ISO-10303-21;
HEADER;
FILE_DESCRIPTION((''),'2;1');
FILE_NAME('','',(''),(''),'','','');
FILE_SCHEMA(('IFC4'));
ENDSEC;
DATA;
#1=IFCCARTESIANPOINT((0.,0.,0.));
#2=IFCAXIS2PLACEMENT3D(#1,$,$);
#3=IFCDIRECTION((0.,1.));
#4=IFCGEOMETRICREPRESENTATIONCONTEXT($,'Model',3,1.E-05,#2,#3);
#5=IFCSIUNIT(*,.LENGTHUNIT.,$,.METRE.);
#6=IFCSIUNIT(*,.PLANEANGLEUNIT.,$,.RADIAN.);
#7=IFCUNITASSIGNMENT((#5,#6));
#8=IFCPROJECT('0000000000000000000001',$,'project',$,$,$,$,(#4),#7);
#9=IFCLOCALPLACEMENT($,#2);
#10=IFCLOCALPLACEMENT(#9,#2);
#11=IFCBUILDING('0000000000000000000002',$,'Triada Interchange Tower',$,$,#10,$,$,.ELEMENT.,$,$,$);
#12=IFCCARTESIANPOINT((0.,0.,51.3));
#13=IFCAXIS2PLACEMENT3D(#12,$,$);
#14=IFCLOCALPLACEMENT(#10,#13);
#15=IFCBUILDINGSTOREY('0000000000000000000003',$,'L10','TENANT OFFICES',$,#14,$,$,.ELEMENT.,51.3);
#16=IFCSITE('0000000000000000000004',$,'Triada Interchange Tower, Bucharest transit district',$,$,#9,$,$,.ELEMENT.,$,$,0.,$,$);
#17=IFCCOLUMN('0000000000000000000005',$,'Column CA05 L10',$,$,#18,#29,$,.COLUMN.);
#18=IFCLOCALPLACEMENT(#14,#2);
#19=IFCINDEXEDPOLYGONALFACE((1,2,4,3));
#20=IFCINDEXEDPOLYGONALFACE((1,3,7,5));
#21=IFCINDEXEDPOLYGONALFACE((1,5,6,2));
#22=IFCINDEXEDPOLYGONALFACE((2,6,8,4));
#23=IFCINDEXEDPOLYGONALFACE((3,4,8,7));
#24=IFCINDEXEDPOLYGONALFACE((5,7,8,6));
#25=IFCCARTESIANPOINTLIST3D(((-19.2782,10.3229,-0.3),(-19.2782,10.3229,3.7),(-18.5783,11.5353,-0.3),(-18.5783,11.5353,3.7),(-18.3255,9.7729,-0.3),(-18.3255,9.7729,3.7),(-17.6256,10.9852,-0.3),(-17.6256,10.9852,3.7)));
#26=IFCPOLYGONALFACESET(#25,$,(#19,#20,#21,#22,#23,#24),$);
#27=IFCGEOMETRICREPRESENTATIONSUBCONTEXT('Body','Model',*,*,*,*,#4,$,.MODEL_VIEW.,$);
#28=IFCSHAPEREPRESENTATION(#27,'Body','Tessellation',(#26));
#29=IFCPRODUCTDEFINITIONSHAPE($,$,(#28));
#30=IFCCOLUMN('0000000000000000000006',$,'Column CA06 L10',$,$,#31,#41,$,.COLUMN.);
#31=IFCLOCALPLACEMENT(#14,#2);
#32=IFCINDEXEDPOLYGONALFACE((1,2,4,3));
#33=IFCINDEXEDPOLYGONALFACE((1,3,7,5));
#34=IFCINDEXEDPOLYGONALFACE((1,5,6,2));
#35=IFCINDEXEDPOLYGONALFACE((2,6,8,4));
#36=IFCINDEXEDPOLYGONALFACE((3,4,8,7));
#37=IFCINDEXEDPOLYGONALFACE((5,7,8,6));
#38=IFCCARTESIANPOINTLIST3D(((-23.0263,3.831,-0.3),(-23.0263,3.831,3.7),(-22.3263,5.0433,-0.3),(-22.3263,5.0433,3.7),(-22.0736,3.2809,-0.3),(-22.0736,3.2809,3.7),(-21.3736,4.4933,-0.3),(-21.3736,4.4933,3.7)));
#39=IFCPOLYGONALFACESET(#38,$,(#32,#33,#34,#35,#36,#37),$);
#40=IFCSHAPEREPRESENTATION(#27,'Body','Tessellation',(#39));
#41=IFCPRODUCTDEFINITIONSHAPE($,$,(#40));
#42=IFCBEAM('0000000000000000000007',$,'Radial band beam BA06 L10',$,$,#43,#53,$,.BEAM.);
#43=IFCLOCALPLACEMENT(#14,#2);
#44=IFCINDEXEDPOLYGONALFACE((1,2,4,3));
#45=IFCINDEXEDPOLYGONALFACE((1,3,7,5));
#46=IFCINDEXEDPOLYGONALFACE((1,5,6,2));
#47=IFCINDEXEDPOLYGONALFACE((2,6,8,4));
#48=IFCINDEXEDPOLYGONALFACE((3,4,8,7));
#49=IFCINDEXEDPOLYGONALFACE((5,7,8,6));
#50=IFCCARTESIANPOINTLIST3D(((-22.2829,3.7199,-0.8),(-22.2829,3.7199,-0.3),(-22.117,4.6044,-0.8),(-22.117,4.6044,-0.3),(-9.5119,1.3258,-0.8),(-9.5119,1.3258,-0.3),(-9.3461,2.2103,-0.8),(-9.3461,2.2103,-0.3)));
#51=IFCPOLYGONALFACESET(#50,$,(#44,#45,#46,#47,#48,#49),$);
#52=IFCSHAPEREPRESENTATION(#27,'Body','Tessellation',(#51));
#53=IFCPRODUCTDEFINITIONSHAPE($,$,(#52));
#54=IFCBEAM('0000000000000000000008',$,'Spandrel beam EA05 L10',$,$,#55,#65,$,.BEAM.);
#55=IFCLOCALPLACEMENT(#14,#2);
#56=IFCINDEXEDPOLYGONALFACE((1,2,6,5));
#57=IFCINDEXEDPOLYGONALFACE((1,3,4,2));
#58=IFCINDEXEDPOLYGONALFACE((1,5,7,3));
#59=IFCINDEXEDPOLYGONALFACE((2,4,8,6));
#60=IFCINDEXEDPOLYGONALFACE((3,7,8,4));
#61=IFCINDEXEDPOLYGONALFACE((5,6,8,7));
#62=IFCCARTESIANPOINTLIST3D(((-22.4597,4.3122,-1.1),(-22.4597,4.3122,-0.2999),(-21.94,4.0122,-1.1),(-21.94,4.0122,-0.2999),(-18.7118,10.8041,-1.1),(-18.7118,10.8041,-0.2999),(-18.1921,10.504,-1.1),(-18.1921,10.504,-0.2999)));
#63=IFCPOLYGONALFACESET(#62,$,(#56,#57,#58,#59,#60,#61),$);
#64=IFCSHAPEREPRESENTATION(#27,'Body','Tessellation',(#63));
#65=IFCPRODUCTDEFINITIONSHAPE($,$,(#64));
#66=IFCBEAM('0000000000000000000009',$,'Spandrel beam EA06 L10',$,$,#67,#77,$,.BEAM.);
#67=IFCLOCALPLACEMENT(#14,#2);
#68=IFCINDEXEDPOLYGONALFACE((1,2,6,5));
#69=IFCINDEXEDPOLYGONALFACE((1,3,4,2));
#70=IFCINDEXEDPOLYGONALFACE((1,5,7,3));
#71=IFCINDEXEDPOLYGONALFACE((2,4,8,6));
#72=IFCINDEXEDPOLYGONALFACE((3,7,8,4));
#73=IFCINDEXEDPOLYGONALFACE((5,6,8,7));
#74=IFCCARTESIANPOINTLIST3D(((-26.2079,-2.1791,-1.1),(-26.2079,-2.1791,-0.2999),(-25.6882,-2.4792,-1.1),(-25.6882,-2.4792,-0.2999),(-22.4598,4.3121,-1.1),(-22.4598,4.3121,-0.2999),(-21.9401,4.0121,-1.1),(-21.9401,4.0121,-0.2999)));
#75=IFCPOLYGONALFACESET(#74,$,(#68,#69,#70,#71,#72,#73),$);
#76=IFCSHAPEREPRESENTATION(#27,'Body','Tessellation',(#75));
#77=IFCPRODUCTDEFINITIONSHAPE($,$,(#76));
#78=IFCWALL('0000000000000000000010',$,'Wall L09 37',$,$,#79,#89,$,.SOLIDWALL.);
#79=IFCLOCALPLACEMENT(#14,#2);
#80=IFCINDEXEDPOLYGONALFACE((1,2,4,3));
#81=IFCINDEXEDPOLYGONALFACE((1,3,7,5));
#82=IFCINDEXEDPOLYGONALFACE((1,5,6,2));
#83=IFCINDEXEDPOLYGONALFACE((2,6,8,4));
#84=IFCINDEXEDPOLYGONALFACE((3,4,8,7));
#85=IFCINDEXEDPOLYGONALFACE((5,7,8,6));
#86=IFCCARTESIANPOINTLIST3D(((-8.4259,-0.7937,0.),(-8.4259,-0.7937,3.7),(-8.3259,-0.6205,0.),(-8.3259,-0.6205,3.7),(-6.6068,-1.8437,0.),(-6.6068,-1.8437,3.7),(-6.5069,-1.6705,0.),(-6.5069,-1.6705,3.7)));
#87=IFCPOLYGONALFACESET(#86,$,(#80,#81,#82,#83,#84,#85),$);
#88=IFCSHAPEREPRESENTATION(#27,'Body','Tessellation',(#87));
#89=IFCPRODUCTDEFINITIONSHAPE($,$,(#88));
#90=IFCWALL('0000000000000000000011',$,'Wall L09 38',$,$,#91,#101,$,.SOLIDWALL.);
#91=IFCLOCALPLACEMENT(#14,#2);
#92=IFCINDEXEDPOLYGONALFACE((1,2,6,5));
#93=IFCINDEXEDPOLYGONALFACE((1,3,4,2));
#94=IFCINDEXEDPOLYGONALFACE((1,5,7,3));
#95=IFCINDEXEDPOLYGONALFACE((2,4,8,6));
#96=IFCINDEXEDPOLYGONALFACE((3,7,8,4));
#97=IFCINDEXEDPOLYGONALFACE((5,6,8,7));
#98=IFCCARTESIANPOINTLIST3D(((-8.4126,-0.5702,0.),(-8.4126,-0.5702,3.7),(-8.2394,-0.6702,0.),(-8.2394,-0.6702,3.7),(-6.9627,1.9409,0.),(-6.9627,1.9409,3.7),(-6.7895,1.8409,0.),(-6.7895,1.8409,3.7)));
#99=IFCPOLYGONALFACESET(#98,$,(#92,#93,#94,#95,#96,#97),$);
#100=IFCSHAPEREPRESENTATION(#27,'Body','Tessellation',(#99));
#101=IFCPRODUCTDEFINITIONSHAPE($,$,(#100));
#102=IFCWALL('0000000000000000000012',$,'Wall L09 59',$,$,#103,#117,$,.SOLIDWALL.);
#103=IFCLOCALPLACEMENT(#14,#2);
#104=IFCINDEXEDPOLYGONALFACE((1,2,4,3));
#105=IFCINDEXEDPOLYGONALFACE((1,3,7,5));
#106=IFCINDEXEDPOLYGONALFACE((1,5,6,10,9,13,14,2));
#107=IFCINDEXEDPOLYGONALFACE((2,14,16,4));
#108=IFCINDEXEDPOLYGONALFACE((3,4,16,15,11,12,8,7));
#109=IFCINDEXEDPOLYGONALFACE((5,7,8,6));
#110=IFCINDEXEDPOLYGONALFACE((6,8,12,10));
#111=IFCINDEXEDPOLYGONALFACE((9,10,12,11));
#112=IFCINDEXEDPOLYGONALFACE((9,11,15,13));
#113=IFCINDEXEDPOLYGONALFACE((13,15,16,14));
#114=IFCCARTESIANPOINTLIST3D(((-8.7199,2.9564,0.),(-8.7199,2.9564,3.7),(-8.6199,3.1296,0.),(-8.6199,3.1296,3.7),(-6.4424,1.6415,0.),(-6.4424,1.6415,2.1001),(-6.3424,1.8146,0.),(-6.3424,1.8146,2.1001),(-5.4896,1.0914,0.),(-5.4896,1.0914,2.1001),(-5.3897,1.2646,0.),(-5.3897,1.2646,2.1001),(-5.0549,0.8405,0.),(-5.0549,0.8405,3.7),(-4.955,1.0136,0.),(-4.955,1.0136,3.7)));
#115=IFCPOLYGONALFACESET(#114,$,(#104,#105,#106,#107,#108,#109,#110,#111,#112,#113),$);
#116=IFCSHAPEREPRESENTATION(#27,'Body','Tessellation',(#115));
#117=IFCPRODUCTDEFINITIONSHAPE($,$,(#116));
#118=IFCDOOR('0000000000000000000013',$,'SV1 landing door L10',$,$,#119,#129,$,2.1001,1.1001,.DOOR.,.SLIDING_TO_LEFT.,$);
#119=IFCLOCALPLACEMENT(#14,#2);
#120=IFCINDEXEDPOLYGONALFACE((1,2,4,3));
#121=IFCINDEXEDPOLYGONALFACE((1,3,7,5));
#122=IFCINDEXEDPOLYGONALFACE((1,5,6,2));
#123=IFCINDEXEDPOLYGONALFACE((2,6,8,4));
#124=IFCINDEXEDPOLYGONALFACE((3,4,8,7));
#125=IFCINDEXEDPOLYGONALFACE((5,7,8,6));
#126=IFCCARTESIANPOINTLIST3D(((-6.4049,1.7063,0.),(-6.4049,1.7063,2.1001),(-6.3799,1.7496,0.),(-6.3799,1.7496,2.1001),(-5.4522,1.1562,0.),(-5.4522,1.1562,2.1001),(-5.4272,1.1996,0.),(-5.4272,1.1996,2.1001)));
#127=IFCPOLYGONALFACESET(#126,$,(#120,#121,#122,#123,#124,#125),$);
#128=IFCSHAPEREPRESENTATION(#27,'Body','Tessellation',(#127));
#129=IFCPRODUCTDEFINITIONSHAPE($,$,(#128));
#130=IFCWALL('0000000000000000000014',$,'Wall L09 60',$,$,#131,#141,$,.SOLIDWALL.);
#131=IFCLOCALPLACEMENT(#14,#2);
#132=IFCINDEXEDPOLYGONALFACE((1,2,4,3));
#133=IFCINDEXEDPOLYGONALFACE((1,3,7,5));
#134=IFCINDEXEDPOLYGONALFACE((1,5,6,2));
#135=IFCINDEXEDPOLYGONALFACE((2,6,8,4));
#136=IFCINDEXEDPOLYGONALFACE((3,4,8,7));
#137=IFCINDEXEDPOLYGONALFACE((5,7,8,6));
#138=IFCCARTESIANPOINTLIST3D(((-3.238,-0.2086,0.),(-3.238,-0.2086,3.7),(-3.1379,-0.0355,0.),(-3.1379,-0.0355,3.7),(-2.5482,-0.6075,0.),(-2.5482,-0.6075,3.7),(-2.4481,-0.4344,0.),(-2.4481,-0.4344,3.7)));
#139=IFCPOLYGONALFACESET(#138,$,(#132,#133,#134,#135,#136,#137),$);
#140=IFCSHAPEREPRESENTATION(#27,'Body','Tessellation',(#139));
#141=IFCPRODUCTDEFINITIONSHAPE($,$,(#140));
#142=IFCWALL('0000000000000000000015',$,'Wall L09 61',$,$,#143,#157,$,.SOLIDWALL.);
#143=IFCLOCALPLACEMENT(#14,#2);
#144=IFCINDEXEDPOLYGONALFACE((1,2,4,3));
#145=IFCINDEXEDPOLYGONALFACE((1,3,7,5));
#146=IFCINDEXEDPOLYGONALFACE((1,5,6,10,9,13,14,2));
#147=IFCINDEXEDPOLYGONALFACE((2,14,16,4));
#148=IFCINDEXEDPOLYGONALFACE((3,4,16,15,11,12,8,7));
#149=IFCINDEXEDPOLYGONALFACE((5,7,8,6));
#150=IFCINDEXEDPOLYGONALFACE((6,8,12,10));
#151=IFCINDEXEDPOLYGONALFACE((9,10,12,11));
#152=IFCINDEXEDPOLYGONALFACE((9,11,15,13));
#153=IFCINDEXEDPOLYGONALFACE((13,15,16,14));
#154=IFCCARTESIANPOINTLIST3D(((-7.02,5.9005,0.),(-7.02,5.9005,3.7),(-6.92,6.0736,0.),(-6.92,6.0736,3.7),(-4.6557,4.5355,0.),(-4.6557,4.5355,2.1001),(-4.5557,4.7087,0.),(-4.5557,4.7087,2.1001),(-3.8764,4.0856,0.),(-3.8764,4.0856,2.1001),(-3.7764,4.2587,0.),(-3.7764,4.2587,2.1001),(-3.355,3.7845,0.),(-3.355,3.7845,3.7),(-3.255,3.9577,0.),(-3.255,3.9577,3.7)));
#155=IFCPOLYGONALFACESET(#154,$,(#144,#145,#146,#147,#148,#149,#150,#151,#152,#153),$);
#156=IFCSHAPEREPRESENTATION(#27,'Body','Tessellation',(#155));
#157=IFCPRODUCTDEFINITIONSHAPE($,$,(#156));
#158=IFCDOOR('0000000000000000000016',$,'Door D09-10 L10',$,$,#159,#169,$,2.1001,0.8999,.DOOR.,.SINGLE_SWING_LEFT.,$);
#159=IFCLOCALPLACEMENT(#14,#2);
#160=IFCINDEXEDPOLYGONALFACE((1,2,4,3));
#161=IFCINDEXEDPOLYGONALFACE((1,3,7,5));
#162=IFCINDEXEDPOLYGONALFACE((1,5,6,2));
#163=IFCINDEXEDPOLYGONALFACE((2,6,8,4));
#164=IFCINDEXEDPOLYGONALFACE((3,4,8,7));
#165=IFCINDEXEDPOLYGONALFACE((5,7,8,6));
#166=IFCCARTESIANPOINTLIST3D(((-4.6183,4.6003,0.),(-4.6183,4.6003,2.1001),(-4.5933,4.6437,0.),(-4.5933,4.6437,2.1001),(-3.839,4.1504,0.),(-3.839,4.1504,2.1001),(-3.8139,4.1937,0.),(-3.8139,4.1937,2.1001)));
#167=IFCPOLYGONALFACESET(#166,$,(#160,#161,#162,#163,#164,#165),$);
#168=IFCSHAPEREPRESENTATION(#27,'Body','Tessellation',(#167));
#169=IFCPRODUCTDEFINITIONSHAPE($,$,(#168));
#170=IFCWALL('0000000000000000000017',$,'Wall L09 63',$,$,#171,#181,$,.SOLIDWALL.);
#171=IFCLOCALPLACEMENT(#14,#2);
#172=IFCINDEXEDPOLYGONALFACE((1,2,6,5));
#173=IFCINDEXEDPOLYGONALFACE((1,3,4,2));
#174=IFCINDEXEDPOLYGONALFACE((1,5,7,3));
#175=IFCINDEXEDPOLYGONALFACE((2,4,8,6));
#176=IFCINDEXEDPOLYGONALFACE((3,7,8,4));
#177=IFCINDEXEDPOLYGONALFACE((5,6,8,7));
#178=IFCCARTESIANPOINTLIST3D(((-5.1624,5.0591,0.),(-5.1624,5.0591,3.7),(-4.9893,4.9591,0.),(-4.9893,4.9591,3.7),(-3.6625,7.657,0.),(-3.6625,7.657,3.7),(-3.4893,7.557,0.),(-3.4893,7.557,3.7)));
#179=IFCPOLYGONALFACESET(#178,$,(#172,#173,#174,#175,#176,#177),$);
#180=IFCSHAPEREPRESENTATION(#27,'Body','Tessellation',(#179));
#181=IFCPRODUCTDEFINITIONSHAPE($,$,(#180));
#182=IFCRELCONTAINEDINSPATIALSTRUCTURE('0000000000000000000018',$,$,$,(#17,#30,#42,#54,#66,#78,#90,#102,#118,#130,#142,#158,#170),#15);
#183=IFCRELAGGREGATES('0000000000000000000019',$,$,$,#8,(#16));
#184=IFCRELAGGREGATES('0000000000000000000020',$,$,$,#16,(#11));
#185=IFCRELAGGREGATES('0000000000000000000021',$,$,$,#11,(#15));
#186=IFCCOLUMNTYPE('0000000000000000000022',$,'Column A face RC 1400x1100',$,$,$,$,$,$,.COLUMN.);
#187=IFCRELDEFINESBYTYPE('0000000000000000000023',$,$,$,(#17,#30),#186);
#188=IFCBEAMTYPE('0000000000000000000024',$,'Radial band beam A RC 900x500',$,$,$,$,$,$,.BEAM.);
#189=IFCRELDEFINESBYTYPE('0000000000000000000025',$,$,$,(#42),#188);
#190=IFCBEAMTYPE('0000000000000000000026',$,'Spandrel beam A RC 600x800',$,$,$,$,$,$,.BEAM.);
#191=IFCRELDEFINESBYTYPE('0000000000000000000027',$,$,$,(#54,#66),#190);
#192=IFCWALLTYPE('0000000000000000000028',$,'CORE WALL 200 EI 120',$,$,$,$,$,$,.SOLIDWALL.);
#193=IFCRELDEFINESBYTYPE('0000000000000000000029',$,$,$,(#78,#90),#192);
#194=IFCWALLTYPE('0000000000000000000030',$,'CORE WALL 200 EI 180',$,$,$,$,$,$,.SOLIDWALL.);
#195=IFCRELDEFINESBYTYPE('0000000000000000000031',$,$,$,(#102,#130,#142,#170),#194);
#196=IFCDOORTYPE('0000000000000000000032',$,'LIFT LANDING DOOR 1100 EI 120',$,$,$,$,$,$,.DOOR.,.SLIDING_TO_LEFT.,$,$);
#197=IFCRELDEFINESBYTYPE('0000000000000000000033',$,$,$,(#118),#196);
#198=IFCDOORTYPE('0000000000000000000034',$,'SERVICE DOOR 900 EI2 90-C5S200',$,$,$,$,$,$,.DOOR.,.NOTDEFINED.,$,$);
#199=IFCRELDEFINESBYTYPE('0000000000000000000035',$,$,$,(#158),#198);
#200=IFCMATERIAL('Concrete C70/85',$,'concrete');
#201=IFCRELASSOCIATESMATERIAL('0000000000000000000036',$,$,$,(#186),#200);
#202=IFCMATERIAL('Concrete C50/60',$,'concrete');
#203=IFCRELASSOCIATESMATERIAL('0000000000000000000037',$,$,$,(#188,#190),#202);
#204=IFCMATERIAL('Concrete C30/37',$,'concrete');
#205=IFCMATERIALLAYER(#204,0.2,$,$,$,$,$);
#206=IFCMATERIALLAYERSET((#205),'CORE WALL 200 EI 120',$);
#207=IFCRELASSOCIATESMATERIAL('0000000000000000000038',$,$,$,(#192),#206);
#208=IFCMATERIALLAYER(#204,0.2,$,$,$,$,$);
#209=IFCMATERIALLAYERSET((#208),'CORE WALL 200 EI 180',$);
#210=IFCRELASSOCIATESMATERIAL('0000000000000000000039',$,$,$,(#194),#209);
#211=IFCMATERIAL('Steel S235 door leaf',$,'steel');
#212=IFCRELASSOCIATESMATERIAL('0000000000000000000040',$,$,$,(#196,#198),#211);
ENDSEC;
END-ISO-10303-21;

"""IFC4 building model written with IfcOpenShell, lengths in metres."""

from ifc_helpers import new_model, si_unit, direction, frame, frame_2d, origin, origin_2d, place, context, subcontext, project, spatial, rectangle, extrude, material, layer, layer_set, material_profile, profile_set, type_object, element, fill, save


model = new_model("IFC4")

# Units and contexts
model_context = context("Model", 3, precision=1e-05, world=origin(), true_north=direction((0.0, 1.0)))
body_context = subcontext(model_context, "Body", "Model", "MODEL_VIEW")
ifc_project = project(units=[si_unit("LENGTHUNIT", "METRE"), si_unit("PLANEANGLEUNIT", "RADIAN")], contexts=[model_context])

# Site, building, storey
site_placement = place(None, origin())
site = spatial("IfcSite", under=ifc_project, at=site_placement, Name="Triada Interchange Tower, Bucharest transit district", CompositionType="ELEMENT", RefElevation=0.0)
building_placement = place(site_placement, origin())
building = spatial("IfcBuilding", under=site, at=building_placement, Name="Triada Interchange Tower", CompositionType="ELEMENT")
storey_placement = place(building_placement, frame((0.0, 0.0, 51.3)))
storey = spatial("IfcBuildingStorey", under=building, at=storey_placement, Name="L10", Description="TENANT OFFICES", CompositionType="ELEMENT", Elevation=51.3)

# Columns
ifc_material_1 = material(Name="Concrete C70/85", Category="concrete")
ifc_material_profile_1 = material_profile(ifc_material_1, rectangle(XDim=1.3999, YDim=1.1001, at=origin_2d()), Name="RC 1400x1100")
ifc_profile_set_1 = profile_set([ifc_material_profile_1], Name="Concrete C70/85")
column_type = type_object("IfcColumnType", Name="Column A face RC 1400x1100", PredefinedType="COLUMN", material=ifc_profile_set_1)
for number, where, z_axis, x_axis, name in (
    (1, (-18.4519, 10.6541, -0.3), (0.0, 0.0, 1.0), (0.5, 0.866025, 0.0), "Column CA05 L10"),
    (2, (-22.2, 4.1621, -0.3), (0.0, 0.0, 1.0), (0.5, 0.866025, 0.0), "Column CA06 L10"),
):
    element("IfcColumn", number, at=place(storey_placement, frame(where, z_axis=z_axis, x_axis=x_axis)), inside=storey, type_object=column_type, Name=name, PredefinedType="COLUMN", context=body_context, shape_type="SweptSolid", body=[
        extrude(rectangle(XDim=1.3999, YDim=1.1001, at=origin_2d()), origin(), (0.0, 0.0, 1.0), 4.0),
    ])

# Beams
ifc_material_2 = material(Name="Concrete C50/60", Category="concrete")
ifc_material_profile_2 = material_profile(ifc_material_2, rectangle(XDim=0.8999, YDim=0.5, at=origin_2d()), Name="RC 900x500")
ifc_profile_set_2 = profile_set([ifc_material_profile_2], Name="Concrete C50/60")
beam_type_1 = type_object("IfcBeamType", Name="Radial band beam A RC 900x500", PredefinedType="BEAM", material=ifc_profile_set_2)
beam_1_placement = place(storey_placement, frame((-22.2, 4.1621, -0.55), z_axis=(0.982879, -0.18425, 0.0), x_axis=(0.18425, 0.982879, 0.0)))
element("IfcBeam", 3, at=beam_1_placement, inside=storey, type_object=beam_type_1, Name="Radial band beam BA06 L10", PredefinedType="BEAM", context=body_context, shape_type="SweptSolid", body=[
    extrude(rectangle(XDim=0.8999, YDim=0.5, at=origin_2d()), origin(), (0.0, 0.0, 1.0), 12.9934),
])
ifc_material_profile_3 = material_profile(ifc_material_2, rectangle(XDim=0.6001, YDim=0.8, at=origin_2d()), Name="RC 600x800")
ifc_profile_set_3 = profile_set([ifc_material_profile_3], Name="Concrete C50/60")
beam_type_2 = type_object("IfcBeamType", Name="Spandrel beam A RC 600x800", PredefinedType="BEAM", material=ifc_profile_set_3)
beam_2_placement = place(storey_placement, frame((-18.4519, 10.6541, -0.7), z_axis=(-0.499992, -0.86603, 0.0), x_axis=(0.86603, -0.499992, 0.0)))
element("IfcBeam", 4, at=beam_2_placement, inside=storey, type_object=beam_type_2, Name="Spandrel beam EA05 L10", PredefinedType="BEAM", context=body_context, shape_type="SweptSolid", body=[
    extrude(rectangle(XDim=0.6001, YDim=0.8, at=origin_2d()), origin(), (0.0, 0.0, 1.0), 7.4961),
])
beam_3_placement = place(storey_placement, frame((-22.2, 4.1621, -0.7), z_axis=(-0.500034, -0.866006, 0.0), x_axis=(0.866006, -0.500034, 0.0)))
element("IfcBeam", 5, at=beam_3_placement, inside=storey, type_object=beam_type_2, Name="Spandrel beam EA06 L10", PredefinedType="BEAM", context=body_context, shape_type="SweptSolid", body=[
    extrude(rectangle(XDim=0.6001, YDim=0.8, at=origin_2d()), origin(), (0.0, 0.0, 1.0), 7.4956),
])

# Walls
ifc_material_3 = material(Name="Concrete C30/37", Category="concrete")
ifc_layer_1 = layer(ifc_material_3, 0.2)
ifc_layer_set_1 = layer_set([ifc_layer_1], Name="CORE WALL 200 EI 120")
wall_type_1 = type_object("IfcWallType", Name="CORE WALL 200 EI 120", PredefinedType="SOLIDWALL", material=ifc_layer_set_1)
wall_1_placement = place(storey_placement, frame((-8.376, -0.707, 0.0), z_axis=(0.0, 0.0, 1.0), x_axis=(0.866068, -0.499927, 0.0)))
element("IfcWall", 6, at=wall_1_placement, inside=storey, type_object=wall_type_1, Name="Wall L09 37", PredefinedType="SOLIDWALL", context=body_context, shape_type="SweptSolid", body=[
    extrude(rectangle(XDim=2.1003, YDim=0.2, at=frame_2d((1.0503, 0.0))), origin(), (0.0, 0.0, 1.0), 3.7),
])
wall_2_placement = place(storey_placement, frame((-8.3259, -0.6201, 0.0), z_axis=(0.0, 0.0, 1.0), x_axis=(0.500024, 0.866012, 0.0)))
element("IfcWall", 7, at=wall_2_placement, inside=storey, type_object=wall_type_1, Name="Wall L09 38", PredefinedType="SOLIDWALL", context=body_context, shape_type="SweptSolid", body=[
    extrude(rectangle(XDim=2.8997, YDim=0.2, at=frame_2d((1.4497, 0.0))), origin(), (0.0, 0.0, 1.0), 3.7),
])

# Wall, opening, door
ifc_layer_2 = layer(ifc_material_3, 0.2)
ifc_layer_set_2 = layer_set([ifc_layer_2], Name="CORE WALL 200 EI 180")
wall_type_2 = type_object("IfcWallType", Name="CORE WALL 200 EI 180", PredefinedType="SOLIDWALL", material=ifc_layer_set_2)
wall_3_placement = place(storey_placement, frame((-8.6699, 3.043, 0.0), z_axis=(0.0, 0.0, 1.0), x_axis=(0.86603, -0.499992, 0.0)))
wall_3 = element("IfcWall", 8, at=wall_3_placement, inside=storey, type_object=wall_type_2, Name="Wall L09 59", PredefinedType="SOLIDWALL", context=body_context, shape_type="SweptSolid", body=[
    extrude(rectangle(XDim=4.2319, YDim=0.2, at=frame_2d((2.116, 0.0))), origin(), (0.0, 0.0, 1.0), 3.7),
])
opening_1_placement = place(wall_3_placement, frame((2.6299, 0.0, 0.0)))
opening_1 = element("IfcOpeningElement", 9, at=opening_1_placement, cuts=wall_3, PredefinedType="OPENING", context=body_context, shape_type="SweptSolid", body=[
    extrude(rectangle(XDim=1.1001, YDim=2.1001, at=frame_2d((0.55, 1.05))), frame((0.0, 0.1099, 0.0), z_axis=(0.0, -1.0, 0.0), x_axis=(1.0, 0.0, 0.0)), (0.0, 0.0, 1.0), 0.22),
])
ifc_material_4 = material(Name="Steel S235 door leaf", Category="steel")
door_type_1 = type_object("IfcDoorType", Name="LIFT LANDING DOOR 1100 EI 120", OperationType="SLIDING_TO_LEFT", PredefinedType="DOOR", material=ifc_material_4)
door_1_placement = place(opening_1_placement, origin())
door_1 = element("IfcDoor", 10, at=door_1_placement, inside=storey, type_object=door_type_1, Name="SV1 landing door L10", OperationType="SLIDING_TO_LEFT", OverallHeight=2.1001, OverallWidth=1.1001, PredefinedType="DOOR", context=body_context, shape_type="SweptSolid", body=[
    extrude(rectangle(XDim=1.1001, YDim=2.1001, at=frame_2d((0.55, 1.05))), frame((0.0, 0.0249, 0.0), z_axis=(0.0, -1.0, 0.0), x_axis=(1.0, 0.0, 0.0)), (0.0, 0.0, 1.0), 0.05),
])
fill(opening_1, door_1)

# Wall
wall_4_placement = place(storey_placement, frame((-3.188, -0.1221, 0.0), z_axis=(0.0, 0.0, 1.0), x_axis=(0.865706, -0.500553, 0.0)))
element("IfcWall", 11, at=wall_4_placement, inside=storey, type_object=wall_type_2, Name="Wall L09 60", PredefinedType="SOLIDWALL", context=body_context, shape_type="SweptSolid", body=[
    extrude(rectangle(XDim=0.7969, YDim=0.2, at=frame_2d((0.3984, 0.0))), origin(), (0.0, 0.0, 1.0), 3.7),
])

# Wall, opening, door
wall_5_placement = place(storey_placement, frame((-6.97, 5.9871, 0.0), z_axis=(0.0, 0.0, 1.0), x_axis=(0.86603, -0.499992, 0.0)))
wall_5 = element("IfcWall", 12, at=wall_5_placement, inside=storey, type_object=wall_type_2, Name="Wall L09 61", PredefinedType="SOLIDWALL", context=body_context, shape_type="SweptSolid", body=[
    extrude(rectangle(XDim=4.2319, YDim=0.2, at=frame_2d((2.116, 0.0))), origin(), (0.0, 0.0, 1.0), 3.7),
])
opening_2_placement = place(wall_5_placement, frame((2.73, 0.0, 0.0)))
opening_2 = element("IfcOpeningElement", 13, at=opening_2_placement, cuts=wall_5, PredefinedType="OPENING", context=body_context, shape_type="SweptSolid", body=[
    extrude(rectangle(XDim=0.8999, YDim=2.1001, at=frame_2d((0.45, 1.05))), frame((0.0, 0.1099, 0.0), z_axis=(0.0, -1.0, 0.0), x_axis=(1.0, 0.0, 0.0)), (0.0, 0.0, 1.0), 0.22),
])
door_type_2 = type_object("IfcDoorType", Name="SERVICE DOOR 900 EI2 90-C5S200", OperationType="NOTDEFINED", PredefinedType="DOOR", material=ifc_material_4)
door_2_placement = place(opening_2_placement, origin())
door_2 = element("IfcDoor", 14, at=door_2_placement, inside=storey, type_object=door_type_2, Name="Door D09-10 L10", OperationType="SINGLE_SWING_LEFT", OverallHeight=2.1001, OverallWidth=0.8999, PredefinedType="DOOR", context=body_context, shape_type="SweptSolid", body=[
    extrude(rectangle(XDim=0.8999, YDim=2.1001, at=frame_2d((0.45, 1.05))), frame((0.0, 0.0249, 0.0), z_axis=(0.0, -1.0, 0.0), x_axis=(1.0, 0.0, 0.0)), (0.0, 0.0, 1.0), 0.05),
])
fill(opening_2, door_2)

# Wall
wall_6_placement = place(storey_placement, frame((-5.0759, 5.009, 0.0), z_axis=(0.0, 0.0, 1.0), x_axis=(0.500025, 0.866011, 0.0)))
element("IfcWall", 15, at=wall_6_placement, inside=storey, type_object=wall_type_2, Name="Wall L09 63", PredefinedType="SOLIDWALL", context=body_context, shape_type="SweptSolid", body=[
    extrude(rectangle(XDim=2.9998, YDim=0.2, at=frame_2d((1.5, 0.0))), origin(), (0.0, 0.0, 1.0), 3.7),
])

save(model, "model.ifc")
